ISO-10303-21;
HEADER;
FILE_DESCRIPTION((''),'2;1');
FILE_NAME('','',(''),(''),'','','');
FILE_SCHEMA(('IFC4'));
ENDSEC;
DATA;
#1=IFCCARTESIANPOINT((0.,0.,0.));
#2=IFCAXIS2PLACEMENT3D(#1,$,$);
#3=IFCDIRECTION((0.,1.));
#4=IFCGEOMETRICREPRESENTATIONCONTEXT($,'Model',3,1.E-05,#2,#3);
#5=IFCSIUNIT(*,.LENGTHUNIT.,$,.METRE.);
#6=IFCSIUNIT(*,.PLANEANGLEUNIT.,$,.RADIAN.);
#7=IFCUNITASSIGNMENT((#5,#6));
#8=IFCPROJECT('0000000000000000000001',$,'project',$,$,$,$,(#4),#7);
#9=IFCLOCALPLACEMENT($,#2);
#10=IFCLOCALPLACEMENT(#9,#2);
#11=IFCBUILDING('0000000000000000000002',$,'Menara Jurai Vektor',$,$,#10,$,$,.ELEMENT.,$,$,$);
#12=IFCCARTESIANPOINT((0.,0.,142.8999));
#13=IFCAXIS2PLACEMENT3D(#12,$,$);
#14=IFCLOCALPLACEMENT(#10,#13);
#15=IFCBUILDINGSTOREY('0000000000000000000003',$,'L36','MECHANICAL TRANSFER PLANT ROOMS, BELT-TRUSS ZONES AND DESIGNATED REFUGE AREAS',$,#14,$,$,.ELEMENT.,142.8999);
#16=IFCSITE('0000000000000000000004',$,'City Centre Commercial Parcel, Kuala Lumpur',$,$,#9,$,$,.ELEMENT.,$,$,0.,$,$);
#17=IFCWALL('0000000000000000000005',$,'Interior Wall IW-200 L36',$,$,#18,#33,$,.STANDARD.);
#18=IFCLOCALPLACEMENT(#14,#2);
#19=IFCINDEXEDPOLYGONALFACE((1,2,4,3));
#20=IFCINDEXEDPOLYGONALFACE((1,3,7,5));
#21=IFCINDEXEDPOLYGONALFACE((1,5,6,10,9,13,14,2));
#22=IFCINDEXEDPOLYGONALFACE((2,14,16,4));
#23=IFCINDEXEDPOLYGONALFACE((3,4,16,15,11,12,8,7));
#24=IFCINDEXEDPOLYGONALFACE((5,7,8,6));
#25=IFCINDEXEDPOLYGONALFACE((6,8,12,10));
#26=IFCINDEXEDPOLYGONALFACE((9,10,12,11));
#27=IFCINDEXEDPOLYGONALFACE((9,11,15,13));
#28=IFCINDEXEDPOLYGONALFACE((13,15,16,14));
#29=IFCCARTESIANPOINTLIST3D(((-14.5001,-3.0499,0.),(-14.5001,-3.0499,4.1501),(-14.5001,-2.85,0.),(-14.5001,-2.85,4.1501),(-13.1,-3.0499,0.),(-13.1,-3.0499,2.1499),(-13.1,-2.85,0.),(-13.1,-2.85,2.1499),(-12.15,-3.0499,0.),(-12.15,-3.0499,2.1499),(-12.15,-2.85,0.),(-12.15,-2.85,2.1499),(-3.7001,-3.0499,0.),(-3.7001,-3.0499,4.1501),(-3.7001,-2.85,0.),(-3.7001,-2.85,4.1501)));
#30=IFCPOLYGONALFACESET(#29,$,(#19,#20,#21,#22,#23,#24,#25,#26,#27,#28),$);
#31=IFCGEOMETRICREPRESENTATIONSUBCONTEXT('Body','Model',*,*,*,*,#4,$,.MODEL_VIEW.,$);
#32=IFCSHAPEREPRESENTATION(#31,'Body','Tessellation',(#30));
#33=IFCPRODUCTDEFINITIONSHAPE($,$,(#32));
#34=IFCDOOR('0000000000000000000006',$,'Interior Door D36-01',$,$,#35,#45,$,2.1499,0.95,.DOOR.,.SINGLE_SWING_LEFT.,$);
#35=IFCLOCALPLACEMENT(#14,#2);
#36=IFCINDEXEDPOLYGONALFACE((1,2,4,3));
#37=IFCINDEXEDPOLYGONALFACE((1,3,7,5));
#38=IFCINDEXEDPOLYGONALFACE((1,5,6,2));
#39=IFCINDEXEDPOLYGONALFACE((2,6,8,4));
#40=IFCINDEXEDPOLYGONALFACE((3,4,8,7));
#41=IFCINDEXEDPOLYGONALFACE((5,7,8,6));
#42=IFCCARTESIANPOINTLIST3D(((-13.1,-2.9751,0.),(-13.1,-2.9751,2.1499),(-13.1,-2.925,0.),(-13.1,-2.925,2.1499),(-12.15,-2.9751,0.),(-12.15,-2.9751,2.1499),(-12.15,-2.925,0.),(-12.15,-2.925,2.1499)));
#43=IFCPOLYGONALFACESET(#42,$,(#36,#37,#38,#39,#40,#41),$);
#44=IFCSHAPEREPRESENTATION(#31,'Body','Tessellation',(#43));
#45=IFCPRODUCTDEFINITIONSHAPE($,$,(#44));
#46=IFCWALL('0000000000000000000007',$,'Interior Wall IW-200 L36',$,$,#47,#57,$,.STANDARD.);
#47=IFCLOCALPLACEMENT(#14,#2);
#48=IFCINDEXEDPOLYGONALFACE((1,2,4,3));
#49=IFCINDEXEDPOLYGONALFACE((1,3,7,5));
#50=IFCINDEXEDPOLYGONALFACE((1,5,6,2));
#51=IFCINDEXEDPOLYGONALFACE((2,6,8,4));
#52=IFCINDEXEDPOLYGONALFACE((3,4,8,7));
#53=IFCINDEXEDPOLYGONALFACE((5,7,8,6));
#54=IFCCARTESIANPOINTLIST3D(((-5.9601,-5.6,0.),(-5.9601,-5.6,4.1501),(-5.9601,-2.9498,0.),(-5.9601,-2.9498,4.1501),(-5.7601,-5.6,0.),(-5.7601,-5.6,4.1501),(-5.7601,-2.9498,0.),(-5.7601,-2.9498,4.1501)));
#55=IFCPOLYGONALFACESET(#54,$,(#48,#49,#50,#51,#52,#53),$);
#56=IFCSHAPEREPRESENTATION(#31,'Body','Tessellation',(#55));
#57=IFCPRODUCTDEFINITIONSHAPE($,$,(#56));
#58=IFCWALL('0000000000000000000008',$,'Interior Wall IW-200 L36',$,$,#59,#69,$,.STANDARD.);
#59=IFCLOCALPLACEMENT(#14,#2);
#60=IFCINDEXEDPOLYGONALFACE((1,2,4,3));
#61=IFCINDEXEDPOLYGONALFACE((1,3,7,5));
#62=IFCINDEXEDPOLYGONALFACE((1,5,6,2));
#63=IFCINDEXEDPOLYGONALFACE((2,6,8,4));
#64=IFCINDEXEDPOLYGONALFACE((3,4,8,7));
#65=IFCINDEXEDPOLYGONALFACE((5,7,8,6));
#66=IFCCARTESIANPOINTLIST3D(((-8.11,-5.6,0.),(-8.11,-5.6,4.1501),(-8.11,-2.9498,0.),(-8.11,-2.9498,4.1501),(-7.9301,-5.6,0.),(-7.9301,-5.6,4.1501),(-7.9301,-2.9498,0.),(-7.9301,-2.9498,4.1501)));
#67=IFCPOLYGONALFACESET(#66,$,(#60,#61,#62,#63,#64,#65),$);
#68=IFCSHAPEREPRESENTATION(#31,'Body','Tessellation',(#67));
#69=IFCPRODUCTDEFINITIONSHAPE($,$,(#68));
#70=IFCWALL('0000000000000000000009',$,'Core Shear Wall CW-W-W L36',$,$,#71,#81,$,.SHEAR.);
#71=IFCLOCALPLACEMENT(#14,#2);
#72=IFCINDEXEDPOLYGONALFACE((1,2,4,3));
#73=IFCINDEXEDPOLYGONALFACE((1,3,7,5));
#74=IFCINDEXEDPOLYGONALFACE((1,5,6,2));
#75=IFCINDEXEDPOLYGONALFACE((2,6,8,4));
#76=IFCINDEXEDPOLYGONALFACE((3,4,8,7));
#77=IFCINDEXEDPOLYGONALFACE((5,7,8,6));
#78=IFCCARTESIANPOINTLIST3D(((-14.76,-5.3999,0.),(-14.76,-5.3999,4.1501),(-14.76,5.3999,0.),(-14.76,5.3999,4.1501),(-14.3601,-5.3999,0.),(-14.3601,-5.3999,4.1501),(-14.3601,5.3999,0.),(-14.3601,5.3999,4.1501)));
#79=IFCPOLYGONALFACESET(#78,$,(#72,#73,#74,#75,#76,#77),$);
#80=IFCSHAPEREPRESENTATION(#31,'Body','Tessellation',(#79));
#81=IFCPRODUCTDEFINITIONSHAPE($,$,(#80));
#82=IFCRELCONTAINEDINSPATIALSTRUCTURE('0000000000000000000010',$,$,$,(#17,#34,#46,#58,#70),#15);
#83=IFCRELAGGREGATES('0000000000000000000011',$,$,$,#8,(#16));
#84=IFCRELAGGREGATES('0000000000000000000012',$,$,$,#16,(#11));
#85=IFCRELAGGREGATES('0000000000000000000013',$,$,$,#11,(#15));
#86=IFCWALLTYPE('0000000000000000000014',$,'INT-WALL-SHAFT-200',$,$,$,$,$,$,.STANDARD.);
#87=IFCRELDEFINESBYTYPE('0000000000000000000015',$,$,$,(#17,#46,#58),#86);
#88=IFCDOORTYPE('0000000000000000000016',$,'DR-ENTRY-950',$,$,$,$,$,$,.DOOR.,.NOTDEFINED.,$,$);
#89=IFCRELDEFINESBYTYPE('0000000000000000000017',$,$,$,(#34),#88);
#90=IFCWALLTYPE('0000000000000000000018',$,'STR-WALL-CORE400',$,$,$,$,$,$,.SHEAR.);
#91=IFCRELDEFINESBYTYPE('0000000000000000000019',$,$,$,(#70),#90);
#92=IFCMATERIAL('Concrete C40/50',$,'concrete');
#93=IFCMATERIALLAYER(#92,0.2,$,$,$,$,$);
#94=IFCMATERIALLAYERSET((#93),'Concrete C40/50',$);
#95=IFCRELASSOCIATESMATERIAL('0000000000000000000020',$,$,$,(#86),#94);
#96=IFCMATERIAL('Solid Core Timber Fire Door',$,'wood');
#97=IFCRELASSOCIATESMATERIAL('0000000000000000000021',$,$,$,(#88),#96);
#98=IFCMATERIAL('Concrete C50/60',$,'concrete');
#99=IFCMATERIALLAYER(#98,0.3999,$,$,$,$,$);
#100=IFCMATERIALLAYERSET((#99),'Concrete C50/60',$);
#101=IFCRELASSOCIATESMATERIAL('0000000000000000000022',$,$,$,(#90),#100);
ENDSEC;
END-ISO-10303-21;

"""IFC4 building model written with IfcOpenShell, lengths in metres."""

from ifc_helpers import new_model, si_unit, direction, frame, frame_2d, origin, place, context, subcontext, project, spatial, rectangle, extrude, material, layer, layer_set, type_object, element, fill, save


model = new_model("IFC4")

# Units and contexts
model_context = context("Model", 3, precision=1e-05, world=origin(), true_north=direction((0.0, 1.0)))
body_context = subcontext(model_context, "Body", "Model", "MODEL_VIEW")
ifc_project = project(units=[si_unit("LENGTHUNIT", "METRE"), si_unit("PLANEANGLEUNIT", "RADIAN")], contexts=[model_context])

# Site, building, storey
site_placement = place(None, origin())
site = spatial("IfcSite", under=ifc_project, at=site_placement, Name="City Centre Commercial Parcel, Kuala Lumpur", CompositionType="ELEMENT", RefElevation=0.0)
building_placement = place(site_placement, origin())
building = spatial("IfcBuilding", under=site, at=building_placement, Name="Menara Jurai Vektor", CompositionType="ELEMENT")
storey_placement = place(building_placement, frame((0.0, 0.0, 142.8999)))
storey = spatial("IfcBuildingStorey", under=building, at=storey_placement, Name="L36", Description="MECHANICAL TRANSFER PLANT ROOMS, BELT-TRUSS ZONES AND DESIGNATED REFUGE AREAS", CompositionType="ELEMENT", Elevation=142.8999)

# Shared definitions
ifc_material_1 = material(Name="Concrete C50/60", Category="concrete")

# Shared definitions
ifc_material_2 = material(Name="Concrete C40/50", Category="concrete")

# Shared definitions
ifc_layer_1 = layer(ifc_material_2, 0.2)
ifc_layer_set_1 = layer_set([ifc_layer_1], Name="Concrete C40/50")
wall_type_1 = type_object("IfcWallType", Name="INT-WALL-SHAFT-200", PredefinedType="STANDARD", material=ifc_layer_set_1)
ifc_material_3 = material(Name="Solid Core Timber Fire Door", Category="wood")
door_type_1 = type_object("IfcDoorType", Name="DR-ENTRY-950", OperationType="NOTDEFINED", PredefinedType="DOOR", material=ifc_material_3)

# Wall, opening, door
wall_1_placement = place(storey_placement, frame((-14.5, -2.95, 0.0), z_axis=(0.0, 0.0, 1.0), x_axis=(1.0, 0.0, 0.0)))
wall_1 = element("IfcWall", 1, at=wall_1_placement, inside=storey, type_object=wall_type_1, Name="Interior Wall IW-200 L36", PredefinedType="STANDARD", context=body_context, shape_type="SweptSolid", body=[
    extrude(rectangle(XDim=10.8, YDim=0.2, at=frame_2d((5.3999, 0.0))), origin(), (0.0, 0.0, 1.0), 4.1501),
])
opening_1_placement = place(wall_1_placement, frame((1.3999, 0.0, 0.0)))
opening_1 = element("IfcOpeningElement", 2, at=opening_1_placement, cuts=wall_1, PredefinedType="OPENING", context=body_context, shape_type="SweptSolid", body=[
    extrude(rectangle(XDim=0.95, YDim=2.1499, at=frame_2d((0.4751, 1.075))), frame((0.0, 0.1099, 0.0), z_axis=(0.0, -1.0, 0.0), x_axis=(1.0, 0.0, 0.0)), (0.0, 0.0, 1.0), 0.22),
])
door_1_placement = place(opening_1_placement, origin())
door_1 = element("IfcDoor", 3, at=door_1_placement, inside=storey, type_object=door_type_1, Name="Interior Door D36-01", OperationType="SINGLE_SWING_LEFT", OverallHeight=2.1499, OverallWidth=0.95, PredefinedType="DOOR", context=body_context, shape_type="SweptSolid", body=[
    extrude(rectangle(XDim=0.95, YDim=2.1499, at=frame_2d((0.4751, 1.075))), frame((0.0, 0.0249, 0.0), z_axis=(0.0, -1.0, 0.0), x_axis=(1.0, 0.0, 0.0)), (0.0, 0.0, 1.0), 0.05),
])
fill(opening_1, door_1)

# Walls
wall_2_placement = place(storey_placement, frame((-5.8601, -5.6001, 0.0), z_axis=(0.0, 0.0, 1.0), x_axis=(0.0, 1.0, 0.0)))
element("IfcWall", 4, at=wall_2_placement, inside=storey, type_object=wall_type_1, Name="Interior Wall IW-200 L36", PredefinedType="STANDARD", context=body_context, shape_type="SweptSolid", body=[
    extrude(rectangle(XDim=2.6501, YDim=0.2, at=frame_2d((1.3252, 0.0))), origin(), (0.0, 0.0, 1.0), 4.1501),
])
wall_3_placement = place(storey_placement, frame((-8.02, -5.6001, 0.0), z_axis=(0.0, 0.0, 1.0), x_axis=(0.0, 1.0, 0.0)))
element("IfcWall", 5, at=wall_3_placement, inside=storey, type_object=wall_type_1, Name="Interior Wall IW-200 L36", PredefinedType="STANDARD", context=body_context, shape_type="SweptSolid", body=[
    extrude(rectangle(XDim=2.6501, YDim=0.1799, at=frame_2d((1.3252, 0.0))), origin(), (0.0, 0.0, 1.0), 4.1501),
])
ifc_layer_2 = layer(ifc_material_1, 0.3999)
ifc_layer_set_2 = layer_set([ifc_layer_2], Name="Concrete C50/60")
wall_type_2 = type_object("IfcWallType", Name="STR-WALL-CORE400", PredefinedType="SHEAR", material=ifc_layer_set_2)
wall_4_placement = place(storey_placement, frame((-14.5601, -5.3999, 0.0), z_axis=(0.0, 0.0, 1.0), x_axis=(0.0, 1.0, 0.0)))
element("IfcWall", 6, at=wall_4_placement, inside=storey, type_object=wall_type_2, Name="Core Shear Wall CW-W-W L36", PredefinedType="SHEAR", context=body_context, shape_type="SweptSolid", body=[
    extrude(rectangle(XDim=10.7998, YDim=0.3999, at=frame_2d((5.3999, 0.0))), origin(), (0.0, 0.0, 1.0), 4.1501),
])

save(model, "model.ifc")
